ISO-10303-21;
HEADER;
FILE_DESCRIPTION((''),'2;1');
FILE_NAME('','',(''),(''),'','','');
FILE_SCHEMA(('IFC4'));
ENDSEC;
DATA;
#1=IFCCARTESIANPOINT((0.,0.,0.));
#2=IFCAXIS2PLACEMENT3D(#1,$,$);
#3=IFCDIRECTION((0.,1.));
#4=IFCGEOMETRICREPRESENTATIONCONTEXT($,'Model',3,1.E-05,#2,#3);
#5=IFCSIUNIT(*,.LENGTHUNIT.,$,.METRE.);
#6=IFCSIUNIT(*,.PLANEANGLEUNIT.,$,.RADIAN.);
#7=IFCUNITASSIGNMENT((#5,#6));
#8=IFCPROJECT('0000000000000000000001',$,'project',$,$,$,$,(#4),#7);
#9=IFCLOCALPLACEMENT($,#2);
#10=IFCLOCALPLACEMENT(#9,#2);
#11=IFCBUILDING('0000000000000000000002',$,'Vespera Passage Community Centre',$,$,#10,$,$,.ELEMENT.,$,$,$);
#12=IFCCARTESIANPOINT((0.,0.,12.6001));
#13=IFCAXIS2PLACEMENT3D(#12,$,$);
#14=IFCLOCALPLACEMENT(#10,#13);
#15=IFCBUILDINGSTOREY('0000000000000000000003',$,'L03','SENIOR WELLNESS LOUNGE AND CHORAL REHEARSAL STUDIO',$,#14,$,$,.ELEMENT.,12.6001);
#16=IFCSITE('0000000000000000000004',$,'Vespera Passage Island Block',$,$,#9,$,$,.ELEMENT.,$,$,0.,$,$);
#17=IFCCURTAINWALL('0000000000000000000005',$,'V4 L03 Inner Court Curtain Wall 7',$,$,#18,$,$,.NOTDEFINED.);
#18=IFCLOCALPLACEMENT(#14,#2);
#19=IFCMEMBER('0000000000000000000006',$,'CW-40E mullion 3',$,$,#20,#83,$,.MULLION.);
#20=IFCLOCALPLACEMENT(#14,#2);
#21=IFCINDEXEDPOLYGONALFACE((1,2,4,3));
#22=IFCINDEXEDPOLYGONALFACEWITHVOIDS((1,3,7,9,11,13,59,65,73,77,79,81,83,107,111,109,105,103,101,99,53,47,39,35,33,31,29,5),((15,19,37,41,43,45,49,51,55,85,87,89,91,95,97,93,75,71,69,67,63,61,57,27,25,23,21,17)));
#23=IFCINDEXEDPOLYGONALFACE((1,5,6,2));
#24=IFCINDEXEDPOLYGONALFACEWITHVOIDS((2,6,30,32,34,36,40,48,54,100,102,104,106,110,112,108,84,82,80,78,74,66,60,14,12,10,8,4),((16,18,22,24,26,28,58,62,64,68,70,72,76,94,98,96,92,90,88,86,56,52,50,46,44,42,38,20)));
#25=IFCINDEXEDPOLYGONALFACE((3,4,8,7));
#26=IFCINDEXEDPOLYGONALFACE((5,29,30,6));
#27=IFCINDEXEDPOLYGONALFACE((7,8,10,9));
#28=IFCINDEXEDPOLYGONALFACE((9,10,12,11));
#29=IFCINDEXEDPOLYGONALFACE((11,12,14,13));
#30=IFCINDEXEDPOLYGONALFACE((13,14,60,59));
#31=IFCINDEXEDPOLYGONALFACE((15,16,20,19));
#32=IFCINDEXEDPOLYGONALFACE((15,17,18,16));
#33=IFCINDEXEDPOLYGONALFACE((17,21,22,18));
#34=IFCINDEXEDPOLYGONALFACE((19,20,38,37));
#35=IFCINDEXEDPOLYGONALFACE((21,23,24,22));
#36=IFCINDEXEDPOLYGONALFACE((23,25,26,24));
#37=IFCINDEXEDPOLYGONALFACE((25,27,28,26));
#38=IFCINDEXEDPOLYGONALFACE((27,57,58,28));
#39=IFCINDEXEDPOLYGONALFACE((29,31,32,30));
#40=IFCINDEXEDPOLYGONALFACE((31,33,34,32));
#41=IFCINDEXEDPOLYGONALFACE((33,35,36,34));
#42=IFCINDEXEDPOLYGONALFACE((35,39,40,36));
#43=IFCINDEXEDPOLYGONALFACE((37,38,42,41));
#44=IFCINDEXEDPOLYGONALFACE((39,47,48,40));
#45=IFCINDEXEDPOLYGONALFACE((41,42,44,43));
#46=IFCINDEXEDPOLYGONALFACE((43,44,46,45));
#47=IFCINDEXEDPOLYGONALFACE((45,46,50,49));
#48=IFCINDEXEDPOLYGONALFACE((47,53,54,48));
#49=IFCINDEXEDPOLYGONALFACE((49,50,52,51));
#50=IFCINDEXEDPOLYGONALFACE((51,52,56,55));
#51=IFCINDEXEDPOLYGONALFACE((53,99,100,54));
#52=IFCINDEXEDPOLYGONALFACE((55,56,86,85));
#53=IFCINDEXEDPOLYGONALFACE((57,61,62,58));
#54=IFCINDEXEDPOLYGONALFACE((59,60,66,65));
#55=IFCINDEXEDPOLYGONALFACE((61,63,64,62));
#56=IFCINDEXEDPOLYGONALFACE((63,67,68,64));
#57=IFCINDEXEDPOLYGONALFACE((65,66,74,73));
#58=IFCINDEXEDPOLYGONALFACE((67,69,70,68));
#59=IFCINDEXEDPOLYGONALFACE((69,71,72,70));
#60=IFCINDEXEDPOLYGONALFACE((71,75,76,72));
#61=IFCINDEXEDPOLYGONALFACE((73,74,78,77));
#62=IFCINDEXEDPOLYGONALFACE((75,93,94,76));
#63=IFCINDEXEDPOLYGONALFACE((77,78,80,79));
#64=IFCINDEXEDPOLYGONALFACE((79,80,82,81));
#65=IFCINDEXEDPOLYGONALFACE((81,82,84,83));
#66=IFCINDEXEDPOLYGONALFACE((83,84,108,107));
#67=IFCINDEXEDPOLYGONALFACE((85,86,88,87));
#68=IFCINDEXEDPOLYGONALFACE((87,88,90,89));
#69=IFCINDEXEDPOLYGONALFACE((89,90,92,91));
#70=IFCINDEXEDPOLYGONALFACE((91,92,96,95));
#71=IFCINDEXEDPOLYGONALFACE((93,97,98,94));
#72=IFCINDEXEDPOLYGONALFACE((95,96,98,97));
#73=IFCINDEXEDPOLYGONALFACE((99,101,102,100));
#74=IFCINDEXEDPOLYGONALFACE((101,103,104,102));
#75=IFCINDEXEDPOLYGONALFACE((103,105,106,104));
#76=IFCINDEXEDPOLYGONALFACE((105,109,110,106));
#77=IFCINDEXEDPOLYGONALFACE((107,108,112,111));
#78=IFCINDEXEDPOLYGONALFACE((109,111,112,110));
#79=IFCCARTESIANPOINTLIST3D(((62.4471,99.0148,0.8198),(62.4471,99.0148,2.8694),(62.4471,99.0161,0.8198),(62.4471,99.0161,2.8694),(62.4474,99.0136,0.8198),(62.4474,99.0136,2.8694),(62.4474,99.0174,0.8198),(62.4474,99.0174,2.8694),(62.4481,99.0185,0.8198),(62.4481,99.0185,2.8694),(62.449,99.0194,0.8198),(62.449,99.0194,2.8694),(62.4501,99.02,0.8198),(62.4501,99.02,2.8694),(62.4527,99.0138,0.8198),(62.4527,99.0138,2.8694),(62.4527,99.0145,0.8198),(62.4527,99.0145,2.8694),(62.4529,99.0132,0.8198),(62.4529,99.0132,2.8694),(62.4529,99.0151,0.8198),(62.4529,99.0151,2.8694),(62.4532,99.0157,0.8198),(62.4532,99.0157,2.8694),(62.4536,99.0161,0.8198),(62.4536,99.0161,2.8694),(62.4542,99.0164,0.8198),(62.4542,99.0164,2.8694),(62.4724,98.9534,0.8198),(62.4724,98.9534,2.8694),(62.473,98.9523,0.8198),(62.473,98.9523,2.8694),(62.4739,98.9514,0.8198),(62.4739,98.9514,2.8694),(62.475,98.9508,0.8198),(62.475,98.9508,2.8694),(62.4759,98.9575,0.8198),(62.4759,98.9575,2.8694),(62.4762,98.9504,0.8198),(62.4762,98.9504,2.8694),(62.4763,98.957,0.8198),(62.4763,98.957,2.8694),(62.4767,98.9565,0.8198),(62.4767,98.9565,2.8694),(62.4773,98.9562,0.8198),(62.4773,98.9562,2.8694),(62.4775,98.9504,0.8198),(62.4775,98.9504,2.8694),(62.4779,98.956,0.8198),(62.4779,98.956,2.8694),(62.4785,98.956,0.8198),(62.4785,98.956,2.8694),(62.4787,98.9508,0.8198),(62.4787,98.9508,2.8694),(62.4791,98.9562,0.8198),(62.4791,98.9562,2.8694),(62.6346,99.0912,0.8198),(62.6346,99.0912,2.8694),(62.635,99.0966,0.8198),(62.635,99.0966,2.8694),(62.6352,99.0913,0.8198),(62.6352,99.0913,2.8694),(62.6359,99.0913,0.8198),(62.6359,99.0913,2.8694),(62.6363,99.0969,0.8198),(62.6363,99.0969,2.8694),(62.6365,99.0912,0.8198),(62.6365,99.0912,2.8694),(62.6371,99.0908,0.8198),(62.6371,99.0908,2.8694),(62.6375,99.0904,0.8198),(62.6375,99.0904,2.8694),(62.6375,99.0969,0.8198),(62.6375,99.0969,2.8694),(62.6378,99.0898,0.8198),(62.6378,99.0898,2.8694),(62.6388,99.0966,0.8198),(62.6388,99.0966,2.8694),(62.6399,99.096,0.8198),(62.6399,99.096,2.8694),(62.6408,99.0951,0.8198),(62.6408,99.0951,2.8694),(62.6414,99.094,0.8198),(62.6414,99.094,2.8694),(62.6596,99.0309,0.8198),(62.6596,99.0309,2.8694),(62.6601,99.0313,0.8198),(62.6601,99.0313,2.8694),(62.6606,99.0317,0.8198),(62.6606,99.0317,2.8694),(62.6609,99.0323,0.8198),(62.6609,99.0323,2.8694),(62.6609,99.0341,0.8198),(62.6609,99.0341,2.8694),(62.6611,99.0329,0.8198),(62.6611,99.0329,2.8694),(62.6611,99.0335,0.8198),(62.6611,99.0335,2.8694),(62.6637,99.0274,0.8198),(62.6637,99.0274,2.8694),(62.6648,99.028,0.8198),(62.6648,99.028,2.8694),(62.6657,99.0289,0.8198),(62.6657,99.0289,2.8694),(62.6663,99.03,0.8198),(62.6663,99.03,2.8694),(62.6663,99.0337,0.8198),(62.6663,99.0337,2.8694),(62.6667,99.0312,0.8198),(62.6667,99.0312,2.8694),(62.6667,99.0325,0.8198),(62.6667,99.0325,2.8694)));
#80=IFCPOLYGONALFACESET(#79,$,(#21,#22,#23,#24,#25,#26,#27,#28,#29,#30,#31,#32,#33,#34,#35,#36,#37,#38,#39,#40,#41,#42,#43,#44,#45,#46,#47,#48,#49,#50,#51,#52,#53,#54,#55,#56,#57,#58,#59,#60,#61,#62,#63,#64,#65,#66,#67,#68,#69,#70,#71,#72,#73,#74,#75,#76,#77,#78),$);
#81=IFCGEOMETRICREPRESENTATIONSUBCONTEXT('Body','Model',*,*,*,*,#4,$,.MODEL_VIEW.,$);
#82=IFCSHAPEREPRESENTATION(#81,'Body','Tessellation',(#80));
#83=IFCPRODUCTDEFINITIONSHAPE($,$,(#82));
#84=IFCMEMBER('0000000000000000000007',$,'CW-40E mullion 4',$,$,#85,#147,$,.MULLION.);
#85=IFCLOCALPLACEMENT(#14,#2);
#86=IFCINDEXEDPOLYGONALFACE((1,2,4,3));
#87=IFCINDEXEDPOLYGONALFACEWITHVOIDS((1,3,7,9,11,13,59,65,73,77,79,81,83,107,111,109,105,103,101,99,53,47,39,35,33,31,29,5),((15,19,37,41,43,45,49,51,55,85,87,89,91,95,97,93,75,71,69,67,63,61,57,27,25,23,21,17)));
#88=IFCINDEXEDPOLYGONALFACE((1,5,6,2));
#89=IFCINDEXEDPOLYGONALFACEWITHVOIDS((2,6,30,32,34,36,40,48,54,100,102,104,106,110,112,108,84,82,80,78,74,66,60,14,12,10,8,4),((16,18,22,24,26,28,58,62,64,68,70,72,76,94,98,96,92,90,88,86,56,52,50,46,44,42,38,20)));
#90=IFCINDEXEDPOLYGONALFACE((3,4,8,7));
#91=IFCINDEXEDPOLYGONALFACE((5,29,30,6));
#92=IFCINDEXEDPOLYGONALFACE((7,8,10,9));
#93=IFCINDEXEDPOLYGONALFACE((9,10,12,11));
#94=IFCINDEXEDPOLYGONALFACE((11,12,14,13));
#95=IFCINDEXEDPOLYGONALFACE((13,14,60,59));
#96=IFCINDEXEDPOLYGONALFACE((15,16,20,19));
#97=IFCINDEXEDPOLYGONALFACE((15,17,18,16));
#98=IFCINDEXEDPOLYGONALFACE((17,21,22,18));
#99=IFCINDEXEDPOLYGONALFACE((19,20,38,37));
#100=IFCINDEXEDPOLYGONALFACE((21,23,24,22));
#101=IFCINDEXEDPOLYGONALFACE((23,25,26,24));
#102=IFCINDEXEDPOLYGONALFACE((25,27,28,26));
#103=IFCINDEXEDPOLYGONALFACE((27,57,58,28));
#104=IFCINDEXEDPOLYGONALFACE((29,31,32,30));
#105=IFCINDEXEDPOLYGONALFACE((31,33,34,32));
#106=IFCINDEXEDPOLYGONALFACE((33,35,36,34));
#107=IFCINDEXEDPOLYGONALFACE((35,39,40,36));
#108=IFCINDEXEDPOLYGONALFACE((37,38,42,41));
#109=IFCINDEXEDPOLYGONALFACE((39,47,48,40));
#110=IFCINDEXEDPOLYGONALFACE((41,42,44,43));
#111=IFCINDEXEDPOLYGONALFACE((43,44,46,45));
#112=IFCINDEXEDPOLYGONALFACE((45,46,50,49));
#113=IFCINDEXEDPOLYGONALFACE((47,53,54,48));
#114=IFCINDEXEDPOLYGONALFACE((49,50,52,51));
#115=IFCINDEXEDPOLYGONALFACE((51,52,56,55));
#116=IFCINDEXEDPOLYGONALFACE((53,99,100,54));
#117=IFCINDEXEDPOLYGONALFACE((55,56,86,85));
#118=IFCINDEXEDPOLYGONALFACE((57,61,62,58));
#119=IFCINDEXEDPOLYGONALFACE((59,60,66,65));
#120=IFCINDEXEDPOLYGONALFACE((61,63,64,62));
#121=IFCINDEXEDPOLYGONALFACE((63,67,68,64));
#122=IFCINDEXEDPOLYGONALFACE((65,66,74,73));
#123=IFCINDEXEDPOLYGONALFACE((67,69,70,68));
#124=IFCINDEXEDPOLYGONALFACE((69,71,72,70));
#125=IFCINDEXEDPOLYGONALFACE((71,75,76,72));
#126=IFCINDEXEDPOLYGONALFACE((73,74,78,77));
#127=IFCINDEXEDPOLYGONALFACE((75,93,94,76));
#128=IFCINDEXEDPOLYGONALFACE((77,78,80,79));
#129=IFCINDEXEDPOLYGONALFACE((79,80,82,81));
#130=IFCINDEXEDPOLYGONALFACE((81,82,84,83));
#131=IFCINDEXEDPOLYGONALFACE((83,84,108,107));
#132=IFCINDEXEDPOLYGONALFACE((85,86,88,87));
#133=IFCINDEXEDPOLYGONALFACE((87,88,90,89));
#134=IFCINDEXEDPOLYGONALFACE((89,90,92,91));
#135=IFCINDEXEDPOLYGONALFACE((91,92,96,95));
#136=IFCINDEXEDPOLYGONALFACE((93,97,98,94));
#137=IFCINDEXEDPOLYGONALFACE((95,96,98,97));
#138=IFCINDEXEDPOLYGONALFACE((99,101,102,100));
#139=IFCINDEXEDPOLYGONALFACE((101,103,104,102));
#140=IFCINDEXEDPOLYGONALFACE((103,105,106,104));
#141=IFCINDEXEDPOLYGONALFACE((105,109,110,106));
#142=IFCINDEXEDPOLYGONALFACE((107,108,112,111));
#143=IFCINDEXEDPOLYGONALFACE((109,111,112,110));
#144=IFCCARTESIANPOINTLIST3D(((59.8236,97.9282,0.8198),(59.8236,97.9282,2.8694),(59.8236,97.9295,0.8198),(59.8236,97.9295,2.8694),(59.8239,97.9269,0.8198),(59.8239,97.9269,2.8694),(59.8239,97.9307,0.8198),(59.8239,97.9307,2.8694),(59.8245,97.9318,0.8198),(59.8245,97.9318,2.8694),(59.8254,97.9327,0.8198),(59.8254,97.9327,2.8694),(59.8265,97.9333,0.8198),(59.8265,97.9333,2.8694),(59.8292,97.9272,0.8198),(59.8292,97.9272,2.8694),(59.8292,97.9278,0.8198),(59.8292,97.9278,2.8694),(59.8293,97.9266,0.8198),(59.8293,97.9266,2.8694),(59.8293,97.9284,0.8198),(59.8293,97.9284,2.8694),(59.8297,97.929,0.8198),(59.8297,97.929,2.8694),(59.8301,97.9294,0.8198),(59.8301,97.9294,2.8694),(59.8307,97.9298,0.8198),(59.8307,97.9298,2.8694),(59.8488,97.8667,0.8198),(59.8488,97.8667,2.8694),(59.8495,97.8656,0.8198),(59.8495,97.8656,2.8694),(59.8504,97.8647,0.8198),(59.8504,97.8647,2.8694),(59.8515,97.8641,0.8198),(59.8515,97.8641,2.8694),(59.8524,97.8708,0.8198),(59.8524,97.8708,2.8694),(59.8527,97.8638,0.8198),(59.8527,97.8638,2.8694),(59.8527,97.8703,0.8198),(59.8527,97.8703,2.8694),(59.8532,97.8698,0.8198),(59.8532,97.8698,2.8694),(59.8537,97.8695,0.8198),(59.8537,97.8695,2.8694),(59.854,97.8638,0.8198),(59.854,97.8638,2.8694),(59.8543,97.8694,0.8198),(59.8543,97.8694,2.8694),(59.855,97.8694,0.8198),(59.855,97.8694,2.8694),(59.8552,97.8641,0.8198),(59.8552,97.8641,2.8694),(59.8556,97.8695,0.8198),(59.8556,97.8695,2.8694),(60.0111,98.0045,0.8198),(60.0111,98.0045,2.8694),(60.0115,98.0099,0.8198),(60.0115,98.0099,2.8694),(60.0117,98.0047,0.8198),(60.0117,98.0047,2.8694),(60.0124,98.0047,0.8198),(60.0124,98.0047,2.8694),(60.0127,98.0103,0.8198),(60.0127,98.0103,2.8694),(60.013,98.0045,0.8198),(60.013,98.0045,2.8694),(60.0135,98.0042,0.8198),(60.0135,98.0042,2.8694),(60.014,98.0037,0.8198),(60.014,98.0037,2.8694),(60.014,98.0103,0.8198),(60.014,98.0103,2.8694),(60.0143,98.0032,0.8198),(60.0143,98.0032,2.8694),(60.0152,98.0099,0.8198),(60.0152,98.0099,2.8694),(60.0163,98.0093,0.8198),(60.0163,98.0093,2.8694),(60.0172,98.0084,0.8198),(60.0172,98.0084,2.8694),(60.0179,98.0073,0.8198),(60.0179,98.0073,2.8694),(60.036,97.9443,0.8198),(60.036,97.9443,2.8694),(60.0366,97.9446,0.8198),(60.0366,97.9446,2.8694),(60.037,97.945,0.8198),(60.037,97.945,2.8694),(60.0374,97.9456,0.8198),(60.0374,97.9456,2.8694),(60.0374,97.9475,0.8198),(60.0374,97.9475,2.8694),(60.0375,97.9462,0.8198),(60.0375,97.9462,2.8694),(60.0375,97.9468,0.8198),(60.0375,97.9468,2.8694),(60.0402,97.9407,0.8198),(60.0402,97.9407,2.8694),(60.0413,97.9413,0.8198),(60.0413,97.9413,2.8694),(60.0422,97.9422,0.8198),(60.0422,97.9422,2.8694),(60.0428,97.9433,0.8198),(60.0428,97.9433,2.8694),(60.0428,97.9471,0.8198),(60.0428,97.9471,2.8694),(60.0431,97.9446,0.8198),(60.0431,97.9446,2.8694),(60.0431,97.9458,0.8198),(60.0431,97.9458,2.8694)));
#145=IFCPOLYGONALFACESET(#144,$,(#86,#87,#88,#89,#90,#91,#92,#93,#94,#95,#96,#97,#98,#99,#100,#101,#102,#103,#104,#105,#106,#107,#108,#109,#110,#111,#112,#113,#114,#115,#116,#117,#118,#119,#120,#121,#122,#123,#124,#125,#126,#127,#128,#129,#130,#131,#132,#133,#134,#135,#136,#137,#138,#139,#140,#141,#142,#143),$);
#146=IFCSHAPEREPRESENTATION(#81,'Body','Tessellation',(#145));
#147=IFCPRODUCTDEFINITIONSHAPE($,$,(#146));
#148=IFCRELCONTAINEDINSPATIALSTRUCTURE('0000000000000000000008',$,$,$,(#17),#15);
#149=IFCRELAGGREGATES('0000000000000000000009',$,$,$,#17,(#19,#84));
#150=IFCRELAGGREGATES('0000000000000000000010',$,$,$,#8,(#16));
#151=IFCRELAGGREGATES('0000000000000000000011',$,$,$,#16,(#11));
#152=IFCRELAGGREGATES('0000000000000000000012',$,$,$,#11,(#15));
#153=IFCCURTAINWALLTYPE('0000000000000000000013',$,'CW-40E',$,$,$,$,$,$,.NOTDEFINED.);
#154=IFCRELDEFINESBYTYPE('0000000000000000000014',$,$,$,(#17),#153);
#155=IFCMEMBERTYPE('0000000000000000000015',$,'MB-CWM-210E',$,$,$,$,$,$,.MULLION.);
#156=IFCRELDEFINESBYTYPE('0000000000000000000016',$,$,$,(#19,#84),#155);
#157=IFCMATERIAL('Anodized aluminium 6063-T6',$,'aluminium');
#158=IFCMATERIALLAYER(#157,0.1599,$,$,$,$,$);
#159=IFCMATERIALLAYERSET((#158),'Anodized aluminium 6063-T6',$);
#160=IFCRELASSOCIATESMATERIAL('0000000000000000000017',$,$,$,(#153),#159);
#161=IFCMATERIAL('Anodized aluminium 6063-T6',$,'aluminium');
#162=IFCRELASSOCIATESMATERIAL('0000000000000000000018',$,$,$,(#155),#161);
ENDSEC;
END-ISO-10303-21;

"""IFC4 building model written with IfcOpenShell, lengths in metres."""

from ifc_helpers import new_model, si_unit, direction, frame, origin, origin_2d, place, context, subcontext, project, spatial, hollow_rectangle, extrude, material, layer, layer_set, material_profile, profile_set, type_object, element, aggregate, save


model = new_model("IFC4")

# Units and contexts
model_context = context("Model", 3, precision=1e-05, world=origin(), true_north=direction((0.0, 1.0)))
body_context = subcontext(model_context, "Body", "Model", "MODEL_VIEW")
ifc_project = project(units=[si_unit("LENGTHUNIT", "METRE"), si_unit("PLANEANGLEUNIT", "RADIAN")], contexts=[model_context])

# Site, building, storey
site_placement = place(None, origin())
site = spatial("IfcSite", under=ifc_project, at=site_placement, Name="Vespera Passage Island Block", CompositionType="ELEMENT", RefElevation=0.0)
building_placement = place(site_placement, origin())
building = spatial("IfcBuilding", under=site, at=building_placement, Name="Vespera Passage Community Centre", CompositionType="ELEMENT")
storey_placement = place(building_placement, frame((0.0, 0.0, 12.6001)))
storey = spatial("IfcBuildingStorey", under=building, at=storey_placement, Name="L03", Description="SENIOR WELLNESS LOUNGE AND CHORAL REHEARSAL STUDIO", CompositionType="ELEMENT", Elevation=12.6001)

# Curtain wall, members
ifc_material_1 = material(Name="Anodized aluminium 6063-T6", Category="aluminium")
ifc_layer_1 = layer(ifc_material_1, 0.1599)
ifc_layer_set_1 = layer_set([ifc_layer_1], Name="Anodized aluminium 6063-T6")
curtain_wall_type_1 = type_object("IfcCurtainWallType", Name="CW-40E", PredefinedType="NOTDEFINED", material=ifc_layer_set_1)
curtain_wall_1_placement = place(storey_placement, origin())
curtain_wall_1 = element("IfcCurtainWall", 1, at=curtain_wall_1_placement, inside=storey, type_object=curtain_wall_type_1, Name="V4 L03 Inner Court Curtain Wall 7", PredefinedType="NOTDEFINED")
ifc_material_2 = material(Name="Anodized aluminium 6063-T6", Category="aluminium")
ifc_material_profile_1 = material_profile(ifc_material_2, hollow_rectangle(XDim=0.075, YDim=0.21, WallThickness=0.0049, InnerFilletRadius=0.0024, OuterFilletRadius=0.0049, at=origin_2d()), Name="ALU210X75X5")
ifc_profile_set_1 = profile_set([ifc_material_profile_1], Name="Anodized aluminium 6063-T6")
member_type_1 = type_object("IfcMemberType", Name="MB-CWM-210E", PredefinedType="MULLION", material=ifc_profile_set_1)
member_1_placement = place(storey_placement, frame((62.5569, 99.0237, 0.8198), z_axis=(0.0, 0.0, 1.0), x_axis=(0.38269, -0.923877, 0.0)))
member_1 = element("IfcMember", 2, at=member_1_placement, type_object=member_type_1, Name="CW-40E mullion 3", PredefinedType="MULLION", context=body_context, shape_type="SweptSolid", body=[
    extrude(hollow_rectangle(XDim=0.075, YDim=0.21, WallThickness=0.0049, InnerFilletRadius=0.0024, OuterFilletRadius=0.0049, at=origin_2d()), origin(), (0.0, 0.0, 1.0), 2.0496),
])
member_2_placement = place(storey_placement, frame((59.9333, 97.937, 0.8198), z_axis=(0.0, 0.0, 1.0), x_axis=(0.38269, -0.923877, 0.0)))
member_2 = element("IfcMember", 3, at=member_2_placement, type_object=member_type_1, Name="CW-40E mullion 4", PredefinedType="MULLION", context=body_context, shape_type="SweptSolid", body=[
    extrude(hollow_rectangle(XDim=0.075, YDim=0.21, WallThickness=0.0049, InnerFilletRadius=0.0024, OuterFilletRadius=0.0049, at=origin_2d()), origin(), (0.0, 0.0, 1.0), 2.0496),
])

aggregate(curtain_wall_1, [member_1, member_2])

save(model, "model.ifc")
